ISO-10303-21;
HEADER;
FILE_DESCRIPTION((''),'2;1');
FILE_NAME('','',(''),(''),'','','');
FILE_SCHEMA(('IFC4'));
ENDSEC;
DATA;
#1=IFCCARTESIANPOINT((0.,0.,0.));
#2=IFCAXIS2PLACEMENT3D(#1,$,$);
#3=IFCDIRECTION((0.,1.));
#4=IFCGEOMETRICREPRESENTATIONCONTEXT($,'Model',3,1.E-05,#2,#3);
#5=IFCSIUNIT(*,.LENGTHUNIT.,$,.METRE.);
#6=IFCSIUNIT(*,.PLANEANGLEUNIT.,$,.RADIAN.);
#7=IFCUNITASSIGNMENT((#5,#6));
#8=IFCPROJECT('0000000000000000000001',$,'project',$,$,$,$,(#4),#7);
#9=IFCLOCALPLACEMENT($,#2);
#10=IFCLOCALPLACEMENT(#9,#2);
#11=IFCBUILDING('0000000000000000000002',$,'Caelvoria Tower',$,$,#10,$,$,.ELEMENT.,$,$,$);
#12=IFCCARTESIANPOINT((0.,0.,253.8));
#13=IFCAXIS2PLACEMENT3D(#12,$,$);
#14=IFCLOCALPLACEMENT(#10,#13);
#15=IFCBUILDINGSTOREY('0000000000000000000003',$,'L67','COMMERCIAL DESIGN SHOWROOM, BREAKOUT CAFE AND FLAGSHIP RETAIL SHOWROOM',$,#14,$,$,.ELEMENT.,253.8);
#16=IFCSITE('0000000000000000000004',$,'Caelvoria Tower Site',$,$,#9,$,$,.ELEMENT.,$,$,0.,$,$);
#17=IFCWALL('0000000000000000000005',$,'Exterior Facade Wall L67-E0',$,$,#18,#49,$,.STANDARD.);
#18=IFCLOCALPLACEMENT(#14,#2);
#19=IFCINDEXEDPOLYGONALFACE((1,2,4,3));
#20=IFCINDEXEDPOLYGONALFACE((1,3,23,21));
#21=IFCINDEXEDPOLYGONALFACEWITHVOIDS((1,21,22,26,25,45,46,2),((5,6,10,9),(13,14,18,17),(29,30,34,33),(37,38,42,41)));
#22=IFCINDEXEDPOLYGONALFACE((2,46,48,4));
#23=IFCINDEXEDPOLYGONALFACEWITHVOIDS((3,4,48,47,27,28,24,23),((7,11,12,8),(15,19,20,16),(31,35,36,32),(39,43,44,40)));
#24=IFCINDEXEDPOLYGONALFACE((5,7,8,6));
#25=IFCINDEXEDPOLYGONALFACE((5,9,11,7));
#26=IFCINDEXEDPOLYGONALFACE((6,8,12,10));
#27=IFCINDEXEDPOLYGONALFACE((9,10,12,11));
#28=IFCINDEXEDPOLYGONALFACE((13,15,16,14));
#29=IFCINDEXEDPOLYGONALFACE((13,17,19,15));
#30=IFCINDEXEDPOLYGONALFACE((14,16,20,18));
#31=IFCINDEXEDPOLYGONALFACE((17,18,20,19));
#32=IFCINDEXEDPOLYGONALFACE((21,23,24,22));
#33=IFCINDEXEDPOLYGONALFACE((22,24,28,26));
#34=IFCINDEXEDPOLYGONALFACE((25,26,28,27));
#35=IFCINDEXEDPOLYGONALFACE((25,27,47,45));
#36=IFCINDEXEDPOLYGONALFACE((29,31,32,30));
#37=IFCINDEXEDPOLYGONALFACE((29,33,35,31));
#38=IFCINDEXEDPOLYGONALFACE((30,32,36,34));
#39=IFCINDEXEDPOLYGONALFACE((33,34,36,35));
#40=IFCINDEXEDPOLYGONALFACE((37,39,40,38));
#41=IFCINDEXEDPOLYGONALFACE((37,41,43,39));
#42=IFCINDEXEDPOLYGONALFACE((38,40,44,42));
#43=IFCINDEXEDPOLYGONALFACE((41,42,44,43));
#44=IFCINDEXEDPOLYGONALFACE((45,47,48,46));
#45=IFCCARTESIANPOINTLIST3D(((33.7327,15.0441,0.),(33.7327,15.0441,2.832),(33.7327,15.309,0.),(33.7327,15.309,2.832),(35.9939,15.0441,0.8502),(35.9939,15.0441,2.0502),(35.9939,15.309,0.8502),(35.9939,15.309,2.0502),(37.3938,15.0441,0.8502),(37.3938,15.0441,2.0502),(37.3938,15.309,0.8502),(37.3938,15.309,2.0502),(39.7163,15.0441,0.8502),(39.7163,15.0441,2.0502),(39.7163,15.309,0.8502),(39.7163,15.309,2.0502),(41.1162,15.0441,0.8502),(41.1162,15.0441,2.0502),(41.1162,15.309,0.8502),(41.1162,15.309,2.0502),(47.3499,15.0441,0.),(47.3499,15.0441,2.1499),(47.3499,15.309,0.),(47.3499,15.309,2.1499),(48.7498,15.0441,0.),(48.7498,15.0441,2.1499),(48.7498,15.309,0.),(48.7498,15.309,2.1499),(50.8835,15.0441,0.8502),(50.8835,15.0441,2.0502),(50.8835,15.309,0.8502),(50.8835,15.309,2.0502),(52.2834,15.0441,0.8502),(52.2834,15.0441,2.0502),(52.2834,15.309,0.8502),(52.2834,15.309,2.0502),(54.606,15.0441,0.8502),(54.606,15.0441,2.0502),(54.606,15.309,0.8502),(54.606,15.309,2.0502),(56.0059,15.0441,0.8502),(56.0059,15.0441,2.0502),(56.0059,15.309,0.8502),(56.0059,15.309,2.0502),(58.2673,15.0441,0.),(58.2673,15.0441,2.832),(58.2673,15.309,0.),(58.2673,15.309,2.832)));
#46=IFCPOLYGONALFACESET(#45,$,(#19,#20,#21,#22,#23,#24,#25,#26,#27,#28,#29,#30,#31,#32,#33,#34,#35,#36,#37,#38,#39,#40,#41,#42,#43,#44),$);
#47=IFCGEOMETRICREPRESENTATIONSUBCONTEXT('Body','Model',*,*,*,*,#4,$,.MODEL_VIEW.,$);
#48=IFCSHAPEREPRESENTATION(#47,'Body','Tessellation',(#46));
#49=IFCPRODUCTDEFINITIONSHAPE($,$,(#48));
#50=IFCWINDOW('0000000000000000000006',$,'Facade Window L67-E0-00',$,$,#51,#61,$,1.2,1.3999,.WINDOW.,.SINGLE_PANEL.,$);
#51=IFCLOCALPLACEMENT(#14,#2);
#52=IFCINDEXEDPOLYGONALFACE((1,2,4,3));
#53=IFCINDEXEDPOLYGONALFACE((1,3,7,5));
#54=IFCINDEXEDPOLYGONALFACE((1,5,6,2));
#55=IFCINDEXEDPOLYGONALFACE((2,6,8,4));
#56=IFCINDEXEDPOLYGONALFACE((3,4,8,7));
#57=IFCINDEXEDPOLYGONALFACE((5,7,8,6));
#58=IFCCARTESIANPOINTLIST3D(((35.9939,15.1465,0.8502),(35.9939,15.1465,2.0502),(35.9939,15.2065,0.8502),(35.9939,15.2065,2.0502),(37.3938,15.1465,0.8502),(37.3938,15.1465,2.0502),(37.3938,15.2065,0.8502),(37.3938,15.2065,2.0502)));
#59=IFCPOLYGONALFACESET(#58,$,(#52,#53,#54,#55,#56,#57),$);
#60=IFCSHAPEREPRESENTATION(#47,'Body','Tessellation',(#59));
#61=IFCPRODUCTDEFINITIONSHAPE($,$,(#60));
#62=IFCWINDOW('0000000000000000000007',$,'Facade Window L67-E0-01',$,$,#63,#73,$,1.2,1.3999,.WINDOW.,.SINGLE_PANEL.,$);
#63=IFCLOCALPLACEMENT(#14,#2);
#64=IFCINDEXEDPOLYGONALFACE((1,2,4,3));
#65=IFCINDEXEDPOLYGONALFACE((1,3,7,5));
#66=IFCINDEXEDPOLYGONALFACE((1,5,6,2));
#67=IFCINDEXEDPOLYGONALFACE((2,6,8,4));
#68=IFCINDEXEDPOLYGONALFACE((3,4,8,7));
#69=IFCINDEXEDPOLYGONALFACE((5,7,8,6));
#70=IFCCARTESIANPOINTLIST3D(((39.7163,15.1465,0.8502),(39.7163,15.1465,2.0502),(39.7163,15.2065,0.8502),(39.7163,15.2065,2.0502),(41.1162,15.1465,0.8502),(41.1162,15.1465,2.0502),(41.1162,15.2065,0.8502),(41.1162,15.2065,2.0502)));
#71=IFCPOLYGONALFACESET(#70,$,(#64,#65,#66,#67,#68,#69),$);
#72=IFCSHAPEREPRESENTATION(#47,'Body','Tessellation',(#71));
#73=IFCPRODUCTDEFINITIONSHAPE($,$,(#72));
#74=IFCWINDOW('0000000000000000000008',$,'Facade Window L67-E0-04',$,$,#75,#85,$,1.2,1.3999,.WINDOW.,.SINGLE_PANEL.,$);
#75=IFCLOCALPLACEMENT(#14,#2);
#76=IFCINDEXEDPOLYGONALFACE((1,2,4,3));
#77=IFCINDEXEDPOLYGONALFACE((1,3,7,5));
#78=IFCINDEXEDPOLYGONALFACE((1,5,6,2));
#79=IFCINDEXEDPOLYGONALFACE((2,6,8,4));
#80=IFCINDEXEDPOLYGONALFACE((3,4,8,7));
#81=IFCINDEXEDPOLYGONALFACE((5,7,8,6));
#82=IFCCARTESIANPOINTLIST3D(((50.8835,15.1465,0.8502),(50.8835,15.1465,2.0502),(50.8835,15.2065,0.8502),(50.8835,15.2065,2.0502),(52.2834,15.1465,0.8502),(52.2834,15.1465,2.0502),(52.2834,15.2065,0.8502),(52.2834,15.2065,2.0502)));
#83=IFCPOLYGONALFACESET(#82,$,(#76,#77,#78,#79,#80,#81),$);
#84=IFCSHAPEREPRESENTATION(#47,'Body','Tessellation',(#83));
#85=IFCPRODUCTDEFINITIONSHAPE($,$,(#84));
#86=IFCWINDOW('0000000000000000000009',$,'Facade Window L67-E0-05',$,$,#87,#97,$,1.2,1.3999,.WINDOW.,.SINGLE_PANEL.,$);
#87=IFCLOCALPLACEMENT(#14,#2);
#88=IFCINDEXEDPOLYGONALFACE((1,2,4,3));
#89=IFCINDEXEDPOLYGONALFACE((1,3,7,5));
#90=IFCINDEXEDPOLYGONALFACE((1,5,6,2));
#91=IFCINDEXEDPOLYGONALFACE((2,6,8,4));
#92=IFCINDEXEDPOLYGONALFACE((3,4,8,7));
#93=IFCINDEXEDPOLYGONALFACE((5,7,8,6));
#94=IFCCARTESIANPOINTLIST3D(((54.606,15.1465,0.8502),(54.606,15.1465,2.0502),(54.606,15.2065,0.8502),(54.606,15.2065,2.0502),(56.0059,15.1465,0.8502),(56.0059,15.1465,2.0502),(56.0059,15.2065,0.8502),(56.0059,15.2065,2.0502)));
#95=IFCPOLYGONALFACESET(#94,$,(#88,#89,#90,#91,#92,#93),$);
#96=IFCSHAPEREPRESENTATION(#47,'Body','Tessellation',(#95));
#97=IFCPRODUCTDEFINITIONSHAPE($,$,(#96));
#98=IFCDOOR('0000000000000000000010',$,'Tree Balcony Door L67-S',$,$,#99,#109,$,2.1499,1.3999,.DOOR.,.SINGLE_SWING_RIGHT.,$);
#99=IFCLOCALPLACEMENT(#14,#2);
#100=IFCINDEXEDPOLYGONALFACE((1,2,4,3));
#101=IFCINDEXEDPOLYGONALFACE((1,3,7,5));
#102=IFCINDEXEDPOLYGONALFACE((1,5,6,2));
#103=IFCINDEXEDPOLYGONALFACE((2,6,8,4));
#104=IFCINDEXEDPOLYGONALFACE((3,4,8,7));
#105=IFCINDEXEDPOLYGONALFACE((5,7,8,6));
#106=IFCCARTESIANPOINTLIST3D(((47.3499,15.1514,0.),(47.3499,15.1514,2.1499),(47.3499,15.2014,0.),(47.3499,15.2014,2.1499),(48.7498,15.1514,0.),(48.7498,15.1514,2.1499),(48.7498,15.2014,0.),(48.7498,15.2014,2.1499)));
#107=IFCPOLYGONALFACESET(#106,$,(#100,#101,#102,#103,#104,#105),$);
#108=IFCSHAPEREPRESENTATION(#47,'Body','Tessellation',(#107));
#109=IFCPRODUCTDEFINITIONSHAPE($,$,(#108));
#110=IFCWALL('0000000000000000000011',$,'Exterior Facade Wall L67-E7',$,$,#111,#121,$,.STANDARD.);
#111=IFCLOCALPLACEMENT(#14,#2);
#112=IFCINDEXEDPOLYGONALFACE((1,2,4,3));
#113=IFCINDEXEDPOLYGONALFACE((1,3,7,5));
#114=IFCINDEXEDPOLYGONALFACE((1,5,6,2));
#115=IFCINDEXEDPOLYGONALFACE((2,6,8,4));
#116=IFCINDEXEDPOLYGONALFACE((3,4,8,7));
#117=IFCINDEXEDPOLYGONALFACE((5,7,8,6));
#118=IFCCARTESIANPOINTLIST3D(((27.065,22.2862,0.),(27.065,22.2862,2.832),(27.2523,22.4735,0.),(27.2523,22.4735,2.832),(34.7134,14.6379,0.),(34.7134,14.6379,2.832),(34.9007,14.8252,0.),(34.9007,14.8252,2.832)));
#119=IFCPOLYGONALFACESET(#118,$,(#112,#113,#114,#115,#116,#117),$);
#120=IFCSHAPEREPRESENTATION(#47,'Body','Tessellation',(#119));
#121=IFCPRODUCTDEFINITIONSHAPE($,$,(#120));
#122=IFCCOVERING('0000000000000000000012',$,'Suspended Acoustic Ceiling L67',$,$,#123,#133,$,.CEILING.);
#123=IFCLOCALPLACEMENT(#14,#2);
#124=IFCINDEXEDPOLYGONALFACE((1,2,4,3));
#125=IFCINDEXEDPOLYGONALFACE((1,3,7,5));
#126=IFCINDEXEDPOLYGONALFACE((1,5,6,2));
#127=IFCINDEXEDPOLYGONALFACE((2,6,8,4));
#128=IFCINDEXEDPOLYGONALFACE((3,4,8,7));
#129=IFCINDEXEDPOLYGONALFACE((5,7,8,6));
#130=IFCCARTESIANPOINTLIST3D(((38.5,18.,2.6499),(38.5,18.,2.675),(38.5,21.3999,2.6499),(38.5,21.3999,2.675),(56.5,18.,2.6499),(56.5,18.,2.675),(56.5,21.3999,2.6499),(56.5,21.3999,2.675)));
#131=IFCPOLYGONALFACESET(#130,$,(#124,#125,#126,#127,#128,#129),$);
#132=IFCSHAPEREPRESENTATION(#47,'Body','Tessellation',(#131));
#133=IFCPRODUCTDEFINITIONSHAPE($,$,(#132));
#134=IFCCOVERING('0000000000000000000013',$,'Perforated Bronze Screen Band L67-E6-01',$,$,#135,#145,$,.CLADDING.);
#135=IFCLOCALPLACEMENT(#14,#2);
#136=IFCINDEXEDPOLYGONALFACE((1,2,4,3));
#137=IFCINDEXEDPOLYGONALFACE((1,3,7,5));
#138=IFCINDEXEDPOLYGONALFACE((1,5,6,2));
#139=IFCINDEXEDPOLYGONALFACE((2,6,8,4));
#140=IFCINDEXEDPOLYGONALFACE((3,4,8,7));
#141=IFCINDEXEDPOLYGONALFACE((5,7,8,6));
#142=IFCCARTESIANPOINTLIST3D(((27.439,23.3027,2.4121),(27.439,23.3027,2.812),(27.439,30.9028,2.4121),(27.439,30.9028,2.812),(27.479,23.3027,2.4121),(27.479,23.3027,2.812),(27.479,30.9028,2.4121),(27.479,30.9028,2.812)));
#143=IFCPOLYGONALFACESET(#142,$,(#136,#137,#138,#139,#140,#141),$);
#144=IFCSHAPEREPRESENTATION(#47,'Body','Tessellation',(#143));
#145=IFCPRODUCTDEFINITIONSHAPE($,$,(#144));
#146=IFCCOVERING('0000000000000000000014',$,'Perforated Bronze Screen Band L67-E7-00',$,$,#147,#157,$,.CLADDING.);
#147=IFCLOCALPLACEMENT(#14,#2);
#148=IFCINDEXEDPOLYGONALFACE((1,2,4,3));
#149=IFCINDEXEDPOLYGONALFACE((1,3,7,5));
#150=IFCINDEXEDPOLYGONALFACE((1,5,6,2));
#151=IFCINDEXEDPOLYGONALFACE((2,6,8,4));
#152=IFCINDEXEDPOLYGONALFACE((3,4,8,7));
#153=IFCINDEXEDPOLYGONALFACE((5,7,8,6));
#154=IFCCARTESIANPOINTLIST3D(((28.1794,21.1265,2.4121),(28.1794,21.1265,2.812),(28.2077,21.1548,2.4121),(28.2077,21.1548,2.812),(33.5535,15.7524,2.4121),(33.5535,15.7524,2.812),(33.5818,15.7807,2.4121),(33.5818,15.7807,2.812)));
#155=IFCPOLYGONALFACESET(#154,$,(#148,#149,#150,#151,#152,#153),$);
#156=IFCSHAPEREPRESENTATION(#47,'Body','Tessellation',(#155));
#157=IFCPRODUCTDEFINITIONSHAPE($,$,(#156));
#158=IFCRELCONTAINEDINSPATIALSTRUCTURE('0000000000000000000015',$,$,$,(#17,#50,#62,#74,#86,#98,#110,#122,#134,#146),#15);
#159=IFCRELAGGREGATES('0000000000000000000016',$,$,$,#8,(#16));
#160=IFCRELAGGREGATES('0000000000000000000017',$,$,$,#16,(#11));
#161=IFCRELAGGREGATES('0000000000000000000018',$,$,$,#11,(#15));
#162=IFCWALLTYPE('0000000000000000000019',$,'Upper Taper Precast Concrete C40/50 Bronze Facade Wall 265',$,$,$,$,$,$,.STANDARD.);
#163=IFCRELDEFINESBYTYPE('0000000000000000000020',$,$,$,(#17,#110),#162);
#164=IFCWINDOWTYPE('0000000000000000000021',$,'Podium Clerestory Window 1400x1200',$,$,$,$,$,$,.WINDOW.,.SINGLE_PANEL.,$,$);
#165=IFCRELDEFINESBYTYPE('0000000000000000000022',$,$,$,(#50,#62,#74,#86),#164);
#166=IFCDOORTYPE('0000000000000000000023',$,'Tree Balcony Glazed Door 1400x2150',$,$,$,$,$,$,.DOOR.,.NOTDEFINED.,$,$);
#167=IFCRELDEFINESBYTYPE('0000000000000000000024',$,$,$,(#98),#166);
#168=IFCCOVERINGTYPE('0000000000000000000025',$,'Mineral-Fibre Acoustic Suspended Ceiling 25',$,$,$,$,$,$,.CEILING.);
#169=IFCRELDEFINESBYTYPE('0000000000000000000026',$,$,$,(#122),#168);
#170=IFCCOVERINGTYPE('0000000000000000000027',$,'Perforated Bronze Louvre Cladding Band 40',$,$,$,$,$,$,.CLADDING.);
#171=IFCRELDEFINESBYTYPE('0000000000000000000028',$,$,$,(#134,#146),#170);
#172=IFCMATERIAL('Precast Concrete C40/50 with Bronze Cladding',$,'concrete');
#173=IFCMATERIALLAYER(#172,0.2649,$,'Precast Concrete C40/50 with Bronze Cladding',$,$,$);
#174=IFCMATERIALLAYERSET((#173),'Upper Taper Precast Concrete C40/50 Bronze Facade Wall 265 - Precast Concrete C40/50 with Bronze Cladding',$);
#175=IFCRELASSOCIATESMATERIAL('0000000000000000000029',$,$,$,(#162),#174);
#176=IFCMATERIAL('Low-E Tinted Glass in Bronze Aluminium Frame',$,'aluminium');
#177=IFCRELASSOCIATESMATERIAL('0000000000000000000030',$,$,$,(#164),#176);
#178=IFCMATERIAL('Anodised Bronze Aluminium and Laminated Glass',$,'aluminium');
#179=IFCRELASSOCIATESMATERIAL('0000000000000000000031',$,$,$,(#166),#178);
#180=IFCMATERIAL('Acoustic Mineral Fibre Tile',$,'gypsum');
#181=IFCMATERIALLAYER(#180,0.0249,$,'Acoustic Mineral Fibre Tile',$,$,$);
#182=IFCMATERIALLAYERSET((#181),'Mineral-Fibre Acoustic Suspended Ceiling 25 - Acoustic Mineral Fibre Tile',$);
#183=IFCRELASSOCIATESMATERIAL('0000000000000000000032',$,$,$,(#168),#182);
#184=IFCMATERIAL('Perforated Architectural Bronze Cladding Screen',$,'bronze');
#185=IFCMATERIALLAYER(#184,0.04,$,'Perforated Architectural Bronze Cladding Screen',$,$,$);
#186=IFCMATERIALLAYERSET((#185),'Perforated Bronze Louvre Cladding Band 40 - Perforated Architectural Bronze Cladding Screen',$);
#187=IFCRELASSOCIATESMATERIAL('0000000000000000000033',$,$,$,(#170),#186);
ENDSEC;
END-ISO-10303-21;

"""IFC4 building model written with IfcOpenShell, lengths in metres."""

from ifc_helpers import new_model, si_unit, direction, frame, frame_2d, origin, origin_2d, place, context, subcontext, project, spatial, polyline, rectangle, outline, extrude, material, layer, layer_set, type_object, element, fill, save


model = new_model("IFC4")

# Units and contexts
model_context = context("Model", 3, precision=1e-05, world=origin(), true_north=direction((0.0, 1.0)))
body_context = subcontext(model_context, "Body", "Model", "MODEL_VIEW")
ifc_project = project(units=[si_unit("LENGTHUNIT", "METRE"), si_unit("PLANEANGLEUNIT", "RADIAN")], contexts=[model_context])

# Site, building, storey
site_placement = place(None, origin())
site = spatial("IfcSite", under=ifc_project, at=site_placement, Name="Caelvoria Tower Site", CompositionType="ELEMENT", RefElevation=0.0)
building_placement = place(site_placement, origin())
building = spatial("IfcBuilding", under=site, at=building_placement, Name="Caelvoria Tower", CompositionType="ELEMENT")
storey_placement = place(building_placement, frame((0.0, 0.0, 253.8)))
storey = spatial("IfcBuildingStorey", under=building, at=storey_placement, Name="L67", Description="COMMERCIAL DESIGN SHOWROOM, BREAKOUT CAFE AND FLAGSHIP RETAIL SHOWROOM", CompositionType="ELEMENT", Elevation=253.8)

# Wall, openings, windows, door
ifc_material_1 = material(Name="Precast Concrete C40/50 with Bronze Cladding", Category="concrete")
ifc_layer_1 = layer(ifc_material_1, 0.2649, Name="Precast Concrete C40/50 with Bronze Cladding")
ifc_layer_set_1 = layer_set([ifc_layer_1], Name="Upper Taper Precast Concrete C40/50 Bronze Facade Wall 265 - Precast Concrete C40/50 with Bronze Cladding")
wall_type = type_object("IfcWallType", Name="Upper Taper Precast Concrete C40/50 Bronze Facade Wall 265", PredefinedType="STANDARD", material=ifc_layer_set_1)
wall_1_placement = place(storey_placement, frame((33.7327, 15.1765, 0.0), z_axis=(0.0, 0.0, 1.0), x_axis=(1.0, 0.0, 0.0)))
wall_1 = element("IfcWall", 1, at=wall_1_placement, inside=storey, type_object=wall_type, Name="Exterior Facade Wall L67-E0", PredefinedType="STANDARD", context=body_context, shape_type="SweptSolid", body=[
    extrude(rectangle(XDim=24.5347, YDim=0.2649, at=frame_2d((12.2673, 0.0))), origin(), (0.0, 0.0, 1.0), 2.832),
])
opening_1_placement = place(wall_1_placement, frame((13.6172, 0.0, 0.0)))
opening_1 = element("IfcOpeningElement", 2, at=opening_1_placement, cuts=wall_1, PredefinedType="OPENING", context=body_context, shape_type="SweptSolid", body=[
    extrude(rectangle(XDim=1.3999, YDim=2.1499, at=frame_2d((0.7, 1.075))), frame((0.0, 0.1423, 0.0), z_axis=(0.0, -1.0, 0.0), x_axis=(1.0, 0.0, 0.0)), (0.0, 0.0, 1.0), 0.2849),
])
opening_2_placement = place(wall_1_placement, frame((2.2612, 0.0, 0.8501)))
opening_2 = element("IfcOpeningElement", 3, at=opening_2_placement, cuts=wall_1, PredefinedType="OPENING", context=body_context, shape_type="SweptSolid", body=[
    extrude(rectangle(XDim=1.3999, YDim=1.2, at=frame_2d((0.7, 0.6001))), frame((0.0, 0.1423, 0.0), z_axis=(0.0, -1.0, 0.0), x_axis=(1.0, 0.0, 0.0)), (0.0, 0.0, 1.0), 0.2849),
])
opening_3_placement = place(wall_1_placement, frame((5.9836, 0.0, 0.8501)))
opening_3 = element("IfcOpeningElement", 4, at=opening_3_placement, cuts=wall_1, PredefinedType="OPENING", context=body_context, shape_type="SweptSolid", body=[
    extrude(rectangle(XDim=1.3999, YDim=1.2, at=frame_2d((0.7, 0.6001))), frame((0.0, 0.1423, 0.0), z_axis=(0.0, -1.0, 0.0), x_axis=(1.0, 0.0, 0.0)), (0.0, 0.0, 1.0), 0.2849),
])
opening_4_placement = place(wall_1_placement, frame((17.1509, 0.0, 0.8501)))
opening_4 = element("IfcOpeningElement", 5, at=opening_4_placement, cuts=wall_1, PredefinedType="OPENING", context=body_context, shape_type="SweptSolid", body=[
    extrude(rectangle(XDim=1.3999, YDim=1.2, at=frame_2d((0.7, 0.6001))), frame((0.0, 0.1423, 0.0), z_axis=(0.0, -1.0, 0.0), x_axis=(1.0, 0.0, 0.0)), (0.0, 0.0, 1.0), 0.2849),
])
opening_5_placement = place(wall_1_placement, frame((20.8733, 0.0, 0.8501)))
opening_5 = element("IfcOpeningElement", 6, at=opening_5_placement, cuts=wall_1, PredefinedType="OPENING", context=body_context, shape_type="SweptSolid", body=[
    extrude(rectangle(XDim=1.3999, YDim=1.2, at=frame_2d((0.7, 0.6001))), frame((0.0, 0.1423, 0.0), z_axis=(0.0, -1.0, 0.0), x_axis=(1.0, 0.0, 0.0)), (0.0, 0.0, 1.0), 0.2849),
])
ifc_material_2 = material(Name="Low-E Tinted Glass in Bronze Aluminium Frame", Category="aluminium")
window_type = type_object("IfcWindowType", Name="Podium Clerestory Window 1400x1200", PartitioningType="SINGLE_PANEL", PredefinedType="WINDOW", material=ifc_material_2)
window_1_placement = place(opening_2_placement, origin())
window_1 = element("IfcWindow", 7, at=window_1_placement, inside=storey, type_object=window_type, Name="Facade Window L67-E0-00", OverallHeight=1.2, OverallWidth=1.3999, PartitioningType="SINGLE_PANEL", PredefinedType="WINDOW", context=body_context, shape_type="SweptSolid", body=[
    extrude(rectangle(XDim=1.3999, YDim=1.2, at=frame_2d((0.7, 0.6001))), frame((0.0, 0.03, 0.0), z_axis=(0.0, -1.0, 0.0), x_axis=(1.0, 0.0, 0.0)), (0.0, 0.0, 1.0), 0.0601),
])
fill(opening_2, window_1)
window_2_placement = place(opening_3_placement, origin())
window_2 = element("IfcWindow", 8, at=window_2_placement, inside=storey, type_object=window_type, Name="Facade Window L67-E0-01", OverallHeight=1.2, OverallWidth=1.3999, PartitioningType="SINGLE_PANEL", PredefinedType="WINDOW", context=body_context, shape_type="SweptSolid", body=[
    extrude(rectangle(XDim=1.3999, YDim=1.2, at=frame_2d((0.7, 0.6001))), frame((0.0, 0.03, 0.0), z_axis=(0.0, -1.0, 0.0), x_axis=(1.0, 0.0, 0.0)), (0.0, 0.0, 1.0), 0.0601),
])
fill(opening_3, window_2)
window_3_placement = place(opening_4_placement, origin())
window_3 = element("IfcWindow", 9, at=window_3_placement, inside=storey, type_object=window_type, Name="Facade Window L67-E0-04", OverallHeight=1.2, OverallWidth=1.3999, PartitioningType="SINGLE_PANEL", PredefinedType="WINDOW", context=body_context, shape_type="SweptSolid", body=[
    extrude(rectangle(XDim=1.3999, YDim=1.2, at=frame_2d((0.7, 0.6001))), frame((0.0, 0.03, 0.0), z_axis=(0.0, -1.0, 0.0), x_axis=(1.0, 0.0, 0.0)), (0.0, 0.0, 1.0), 0.0601),
])
fill(opening_4, window_3)
window_4_placement = place(opening_5_placement, origin())
window_4 = element("IfcWindow", 10, at=window_4_placement, inside=storey, type_object=window_type, Name="Facade Window L67-E0-05", OverallHeight=1.2, OverallWidth=1.3999, PartitioningType="SINGLE_PANEL", PredefinedType="WINDOW", context=body_context, shape_type="SweptSolid", body=[
    extrude(rectangle(XDim=1.3999, YDim=1.2, at=frame_2d((0.7, 0.6001))), frame((0.0, 0.03, 0.0), z_axis=(0.0, -1.0, 0.0), x_axis=(1.0, 0.0, 0.0)), (0.0, 0.0, 1.0), 0.0601),
])
fill(opening_5, window_4)
ifc_material_3 = material(Name="Anodised Bronze Aluminium and Laminated Glass", Category="aluminium")
door_type = type_object("IfcDoorType", Name="Tree Balcony Glazed Door 1400x2150", OperationType="NOTDEFINED", PredefinedType="DOOR", material=ifc_material_3)
door_placement = place(opening_1_placement, origin())
door = element("IfcDoor", 11, at=door_placement, inside=storey, type_object=door_type, Name="Tree Balcony Door L67-S", OperationType="SINGLE_SWING_RIGHT", OverallHeight=2.1499, OverallWidth=1.3999, PredefinedType="DOOR", context=body_context, shape_type="SweptSolid", body=[
    extrude(rectangle(XDim=1.3999, YDim=2.1499, at=frame_2d((0.7, 1.075))), frame((0.0, 0.0249, 0.0), z_axis=(0.0, -1.0, 0.0), x_axis=(1.0, 0.0, 0.0)), (0.0, 0.0, 1.0), 0.05),
])
fill(opening_1, door)

# Wall
wall_2_placement = place(storey_placement, frame((27.1587, 22.3799, 0.0), z_axis=(0.0, 0.0, 1.0), x_axis=(0.707107, -0.707107, 0.0)))
element("IfcWall", 12, at=wall_2_placement, inside=storey, type_object=wall_type, Name="Exterior Facade Wall L67-E7", PredefinedType="STANDARD", context=body_context, shape_type="SweptSolid", body=[
    extrude(rectangle(XDim=10.8164, YDim=0.2649, at=frame_2d((5.4082, 0.0))), origin(), (0.0, 0.0, 1.0), 2.832),
])

# Coverings
ifc_material_4 = material(Name="Acoustic Mineral Fibre Tile", Category="gypsum")
ifc_layer_2 = layer(ifc_material_4, 0.0249, Name="Acoustic Mineral Fibre Tile")
ifc_layer_set_2 = layer_set([ifc_layer_2], Name="Mineral-Fibre Acoustic Suspended Ceiling 25 - Acoustic Mineral Fibre Tile")
covering_type_1 = type_object("IfcCoveringType", Name="Mineral-Fibre Acoustic Suspended Ceiling 25", PredefinedType="CEILING", material=ifc_layer_set_2)
covering_1_placement = place(storey_placement, frame((0.0, 0.0, 2.6499)))
element("IfcCovering", 13, at=covering_1_placement, inside=storey, type_object=covering_type_1, Name="Suspended Acoustic Ceiling L67", PredefinedType="CEILING", context=body_context, shape_type="SweptSolid", body=[
    extrude(outline(polyline([(38.5, 18.0), (56.5, 18.0), (56.5, 21.3999), (38.5, 21.3999), (38.5, 18.0)])), origin(), (0.0, 0.0, 1.0), 0.0251),
])
ifc_material_5 = material(Name="Perforated Architectural Bronze Cladding Screen", Category="bronze")
ifc_layer_3 = layer(ifc_material_5, 0.04, Name="Perforated Architectural Bronze Cladding Screen")
ifc_layer_set_3 = layer_set([ifc_layer_3], Name="Perforated Bronze Louvre Cladding Band 40 - Perforated Architectural Bronze Cladding Screen")
covering_type_2 = type_object("IfcCoveringType", Name="Perforated Bronze Louvre Cladding Band 40", PredefinedType="CLADDING", material=ifc_layer_set_3)
for number, where, z_axis, x_axis, name in (
    (14, (27.459, 27.1028, 2.4121), (0.0, 0.0, 1.0), (0.0, -1.0, 0.0), "Perforated Bronze Screen Band L67-E6-01"),
    (15, (30.8806, 18.4536, 2.4121), (0.0, 0.0, 1.0), (0.707107, -0.707107, 0.0), "Perforated Bronze Screen Band L67-E7-00"),
):
    element("IfcCovering", number, at=place(storey_placement, frame(where, z_axis=z_axis, x_axis=x_axis)), inside=storey, type_object=covering_type_2, Name=name, PredefinedType="CLADDING", context=body_context, shape_type="SweptSolid", body=[
        extrude(rectangle(XDim=7.6001, YDim=0.04, at=origin_2d()), origin(), (0.0, 0.0, 1.0), 0.3999),
    ])

save(model, "model.ifc")
